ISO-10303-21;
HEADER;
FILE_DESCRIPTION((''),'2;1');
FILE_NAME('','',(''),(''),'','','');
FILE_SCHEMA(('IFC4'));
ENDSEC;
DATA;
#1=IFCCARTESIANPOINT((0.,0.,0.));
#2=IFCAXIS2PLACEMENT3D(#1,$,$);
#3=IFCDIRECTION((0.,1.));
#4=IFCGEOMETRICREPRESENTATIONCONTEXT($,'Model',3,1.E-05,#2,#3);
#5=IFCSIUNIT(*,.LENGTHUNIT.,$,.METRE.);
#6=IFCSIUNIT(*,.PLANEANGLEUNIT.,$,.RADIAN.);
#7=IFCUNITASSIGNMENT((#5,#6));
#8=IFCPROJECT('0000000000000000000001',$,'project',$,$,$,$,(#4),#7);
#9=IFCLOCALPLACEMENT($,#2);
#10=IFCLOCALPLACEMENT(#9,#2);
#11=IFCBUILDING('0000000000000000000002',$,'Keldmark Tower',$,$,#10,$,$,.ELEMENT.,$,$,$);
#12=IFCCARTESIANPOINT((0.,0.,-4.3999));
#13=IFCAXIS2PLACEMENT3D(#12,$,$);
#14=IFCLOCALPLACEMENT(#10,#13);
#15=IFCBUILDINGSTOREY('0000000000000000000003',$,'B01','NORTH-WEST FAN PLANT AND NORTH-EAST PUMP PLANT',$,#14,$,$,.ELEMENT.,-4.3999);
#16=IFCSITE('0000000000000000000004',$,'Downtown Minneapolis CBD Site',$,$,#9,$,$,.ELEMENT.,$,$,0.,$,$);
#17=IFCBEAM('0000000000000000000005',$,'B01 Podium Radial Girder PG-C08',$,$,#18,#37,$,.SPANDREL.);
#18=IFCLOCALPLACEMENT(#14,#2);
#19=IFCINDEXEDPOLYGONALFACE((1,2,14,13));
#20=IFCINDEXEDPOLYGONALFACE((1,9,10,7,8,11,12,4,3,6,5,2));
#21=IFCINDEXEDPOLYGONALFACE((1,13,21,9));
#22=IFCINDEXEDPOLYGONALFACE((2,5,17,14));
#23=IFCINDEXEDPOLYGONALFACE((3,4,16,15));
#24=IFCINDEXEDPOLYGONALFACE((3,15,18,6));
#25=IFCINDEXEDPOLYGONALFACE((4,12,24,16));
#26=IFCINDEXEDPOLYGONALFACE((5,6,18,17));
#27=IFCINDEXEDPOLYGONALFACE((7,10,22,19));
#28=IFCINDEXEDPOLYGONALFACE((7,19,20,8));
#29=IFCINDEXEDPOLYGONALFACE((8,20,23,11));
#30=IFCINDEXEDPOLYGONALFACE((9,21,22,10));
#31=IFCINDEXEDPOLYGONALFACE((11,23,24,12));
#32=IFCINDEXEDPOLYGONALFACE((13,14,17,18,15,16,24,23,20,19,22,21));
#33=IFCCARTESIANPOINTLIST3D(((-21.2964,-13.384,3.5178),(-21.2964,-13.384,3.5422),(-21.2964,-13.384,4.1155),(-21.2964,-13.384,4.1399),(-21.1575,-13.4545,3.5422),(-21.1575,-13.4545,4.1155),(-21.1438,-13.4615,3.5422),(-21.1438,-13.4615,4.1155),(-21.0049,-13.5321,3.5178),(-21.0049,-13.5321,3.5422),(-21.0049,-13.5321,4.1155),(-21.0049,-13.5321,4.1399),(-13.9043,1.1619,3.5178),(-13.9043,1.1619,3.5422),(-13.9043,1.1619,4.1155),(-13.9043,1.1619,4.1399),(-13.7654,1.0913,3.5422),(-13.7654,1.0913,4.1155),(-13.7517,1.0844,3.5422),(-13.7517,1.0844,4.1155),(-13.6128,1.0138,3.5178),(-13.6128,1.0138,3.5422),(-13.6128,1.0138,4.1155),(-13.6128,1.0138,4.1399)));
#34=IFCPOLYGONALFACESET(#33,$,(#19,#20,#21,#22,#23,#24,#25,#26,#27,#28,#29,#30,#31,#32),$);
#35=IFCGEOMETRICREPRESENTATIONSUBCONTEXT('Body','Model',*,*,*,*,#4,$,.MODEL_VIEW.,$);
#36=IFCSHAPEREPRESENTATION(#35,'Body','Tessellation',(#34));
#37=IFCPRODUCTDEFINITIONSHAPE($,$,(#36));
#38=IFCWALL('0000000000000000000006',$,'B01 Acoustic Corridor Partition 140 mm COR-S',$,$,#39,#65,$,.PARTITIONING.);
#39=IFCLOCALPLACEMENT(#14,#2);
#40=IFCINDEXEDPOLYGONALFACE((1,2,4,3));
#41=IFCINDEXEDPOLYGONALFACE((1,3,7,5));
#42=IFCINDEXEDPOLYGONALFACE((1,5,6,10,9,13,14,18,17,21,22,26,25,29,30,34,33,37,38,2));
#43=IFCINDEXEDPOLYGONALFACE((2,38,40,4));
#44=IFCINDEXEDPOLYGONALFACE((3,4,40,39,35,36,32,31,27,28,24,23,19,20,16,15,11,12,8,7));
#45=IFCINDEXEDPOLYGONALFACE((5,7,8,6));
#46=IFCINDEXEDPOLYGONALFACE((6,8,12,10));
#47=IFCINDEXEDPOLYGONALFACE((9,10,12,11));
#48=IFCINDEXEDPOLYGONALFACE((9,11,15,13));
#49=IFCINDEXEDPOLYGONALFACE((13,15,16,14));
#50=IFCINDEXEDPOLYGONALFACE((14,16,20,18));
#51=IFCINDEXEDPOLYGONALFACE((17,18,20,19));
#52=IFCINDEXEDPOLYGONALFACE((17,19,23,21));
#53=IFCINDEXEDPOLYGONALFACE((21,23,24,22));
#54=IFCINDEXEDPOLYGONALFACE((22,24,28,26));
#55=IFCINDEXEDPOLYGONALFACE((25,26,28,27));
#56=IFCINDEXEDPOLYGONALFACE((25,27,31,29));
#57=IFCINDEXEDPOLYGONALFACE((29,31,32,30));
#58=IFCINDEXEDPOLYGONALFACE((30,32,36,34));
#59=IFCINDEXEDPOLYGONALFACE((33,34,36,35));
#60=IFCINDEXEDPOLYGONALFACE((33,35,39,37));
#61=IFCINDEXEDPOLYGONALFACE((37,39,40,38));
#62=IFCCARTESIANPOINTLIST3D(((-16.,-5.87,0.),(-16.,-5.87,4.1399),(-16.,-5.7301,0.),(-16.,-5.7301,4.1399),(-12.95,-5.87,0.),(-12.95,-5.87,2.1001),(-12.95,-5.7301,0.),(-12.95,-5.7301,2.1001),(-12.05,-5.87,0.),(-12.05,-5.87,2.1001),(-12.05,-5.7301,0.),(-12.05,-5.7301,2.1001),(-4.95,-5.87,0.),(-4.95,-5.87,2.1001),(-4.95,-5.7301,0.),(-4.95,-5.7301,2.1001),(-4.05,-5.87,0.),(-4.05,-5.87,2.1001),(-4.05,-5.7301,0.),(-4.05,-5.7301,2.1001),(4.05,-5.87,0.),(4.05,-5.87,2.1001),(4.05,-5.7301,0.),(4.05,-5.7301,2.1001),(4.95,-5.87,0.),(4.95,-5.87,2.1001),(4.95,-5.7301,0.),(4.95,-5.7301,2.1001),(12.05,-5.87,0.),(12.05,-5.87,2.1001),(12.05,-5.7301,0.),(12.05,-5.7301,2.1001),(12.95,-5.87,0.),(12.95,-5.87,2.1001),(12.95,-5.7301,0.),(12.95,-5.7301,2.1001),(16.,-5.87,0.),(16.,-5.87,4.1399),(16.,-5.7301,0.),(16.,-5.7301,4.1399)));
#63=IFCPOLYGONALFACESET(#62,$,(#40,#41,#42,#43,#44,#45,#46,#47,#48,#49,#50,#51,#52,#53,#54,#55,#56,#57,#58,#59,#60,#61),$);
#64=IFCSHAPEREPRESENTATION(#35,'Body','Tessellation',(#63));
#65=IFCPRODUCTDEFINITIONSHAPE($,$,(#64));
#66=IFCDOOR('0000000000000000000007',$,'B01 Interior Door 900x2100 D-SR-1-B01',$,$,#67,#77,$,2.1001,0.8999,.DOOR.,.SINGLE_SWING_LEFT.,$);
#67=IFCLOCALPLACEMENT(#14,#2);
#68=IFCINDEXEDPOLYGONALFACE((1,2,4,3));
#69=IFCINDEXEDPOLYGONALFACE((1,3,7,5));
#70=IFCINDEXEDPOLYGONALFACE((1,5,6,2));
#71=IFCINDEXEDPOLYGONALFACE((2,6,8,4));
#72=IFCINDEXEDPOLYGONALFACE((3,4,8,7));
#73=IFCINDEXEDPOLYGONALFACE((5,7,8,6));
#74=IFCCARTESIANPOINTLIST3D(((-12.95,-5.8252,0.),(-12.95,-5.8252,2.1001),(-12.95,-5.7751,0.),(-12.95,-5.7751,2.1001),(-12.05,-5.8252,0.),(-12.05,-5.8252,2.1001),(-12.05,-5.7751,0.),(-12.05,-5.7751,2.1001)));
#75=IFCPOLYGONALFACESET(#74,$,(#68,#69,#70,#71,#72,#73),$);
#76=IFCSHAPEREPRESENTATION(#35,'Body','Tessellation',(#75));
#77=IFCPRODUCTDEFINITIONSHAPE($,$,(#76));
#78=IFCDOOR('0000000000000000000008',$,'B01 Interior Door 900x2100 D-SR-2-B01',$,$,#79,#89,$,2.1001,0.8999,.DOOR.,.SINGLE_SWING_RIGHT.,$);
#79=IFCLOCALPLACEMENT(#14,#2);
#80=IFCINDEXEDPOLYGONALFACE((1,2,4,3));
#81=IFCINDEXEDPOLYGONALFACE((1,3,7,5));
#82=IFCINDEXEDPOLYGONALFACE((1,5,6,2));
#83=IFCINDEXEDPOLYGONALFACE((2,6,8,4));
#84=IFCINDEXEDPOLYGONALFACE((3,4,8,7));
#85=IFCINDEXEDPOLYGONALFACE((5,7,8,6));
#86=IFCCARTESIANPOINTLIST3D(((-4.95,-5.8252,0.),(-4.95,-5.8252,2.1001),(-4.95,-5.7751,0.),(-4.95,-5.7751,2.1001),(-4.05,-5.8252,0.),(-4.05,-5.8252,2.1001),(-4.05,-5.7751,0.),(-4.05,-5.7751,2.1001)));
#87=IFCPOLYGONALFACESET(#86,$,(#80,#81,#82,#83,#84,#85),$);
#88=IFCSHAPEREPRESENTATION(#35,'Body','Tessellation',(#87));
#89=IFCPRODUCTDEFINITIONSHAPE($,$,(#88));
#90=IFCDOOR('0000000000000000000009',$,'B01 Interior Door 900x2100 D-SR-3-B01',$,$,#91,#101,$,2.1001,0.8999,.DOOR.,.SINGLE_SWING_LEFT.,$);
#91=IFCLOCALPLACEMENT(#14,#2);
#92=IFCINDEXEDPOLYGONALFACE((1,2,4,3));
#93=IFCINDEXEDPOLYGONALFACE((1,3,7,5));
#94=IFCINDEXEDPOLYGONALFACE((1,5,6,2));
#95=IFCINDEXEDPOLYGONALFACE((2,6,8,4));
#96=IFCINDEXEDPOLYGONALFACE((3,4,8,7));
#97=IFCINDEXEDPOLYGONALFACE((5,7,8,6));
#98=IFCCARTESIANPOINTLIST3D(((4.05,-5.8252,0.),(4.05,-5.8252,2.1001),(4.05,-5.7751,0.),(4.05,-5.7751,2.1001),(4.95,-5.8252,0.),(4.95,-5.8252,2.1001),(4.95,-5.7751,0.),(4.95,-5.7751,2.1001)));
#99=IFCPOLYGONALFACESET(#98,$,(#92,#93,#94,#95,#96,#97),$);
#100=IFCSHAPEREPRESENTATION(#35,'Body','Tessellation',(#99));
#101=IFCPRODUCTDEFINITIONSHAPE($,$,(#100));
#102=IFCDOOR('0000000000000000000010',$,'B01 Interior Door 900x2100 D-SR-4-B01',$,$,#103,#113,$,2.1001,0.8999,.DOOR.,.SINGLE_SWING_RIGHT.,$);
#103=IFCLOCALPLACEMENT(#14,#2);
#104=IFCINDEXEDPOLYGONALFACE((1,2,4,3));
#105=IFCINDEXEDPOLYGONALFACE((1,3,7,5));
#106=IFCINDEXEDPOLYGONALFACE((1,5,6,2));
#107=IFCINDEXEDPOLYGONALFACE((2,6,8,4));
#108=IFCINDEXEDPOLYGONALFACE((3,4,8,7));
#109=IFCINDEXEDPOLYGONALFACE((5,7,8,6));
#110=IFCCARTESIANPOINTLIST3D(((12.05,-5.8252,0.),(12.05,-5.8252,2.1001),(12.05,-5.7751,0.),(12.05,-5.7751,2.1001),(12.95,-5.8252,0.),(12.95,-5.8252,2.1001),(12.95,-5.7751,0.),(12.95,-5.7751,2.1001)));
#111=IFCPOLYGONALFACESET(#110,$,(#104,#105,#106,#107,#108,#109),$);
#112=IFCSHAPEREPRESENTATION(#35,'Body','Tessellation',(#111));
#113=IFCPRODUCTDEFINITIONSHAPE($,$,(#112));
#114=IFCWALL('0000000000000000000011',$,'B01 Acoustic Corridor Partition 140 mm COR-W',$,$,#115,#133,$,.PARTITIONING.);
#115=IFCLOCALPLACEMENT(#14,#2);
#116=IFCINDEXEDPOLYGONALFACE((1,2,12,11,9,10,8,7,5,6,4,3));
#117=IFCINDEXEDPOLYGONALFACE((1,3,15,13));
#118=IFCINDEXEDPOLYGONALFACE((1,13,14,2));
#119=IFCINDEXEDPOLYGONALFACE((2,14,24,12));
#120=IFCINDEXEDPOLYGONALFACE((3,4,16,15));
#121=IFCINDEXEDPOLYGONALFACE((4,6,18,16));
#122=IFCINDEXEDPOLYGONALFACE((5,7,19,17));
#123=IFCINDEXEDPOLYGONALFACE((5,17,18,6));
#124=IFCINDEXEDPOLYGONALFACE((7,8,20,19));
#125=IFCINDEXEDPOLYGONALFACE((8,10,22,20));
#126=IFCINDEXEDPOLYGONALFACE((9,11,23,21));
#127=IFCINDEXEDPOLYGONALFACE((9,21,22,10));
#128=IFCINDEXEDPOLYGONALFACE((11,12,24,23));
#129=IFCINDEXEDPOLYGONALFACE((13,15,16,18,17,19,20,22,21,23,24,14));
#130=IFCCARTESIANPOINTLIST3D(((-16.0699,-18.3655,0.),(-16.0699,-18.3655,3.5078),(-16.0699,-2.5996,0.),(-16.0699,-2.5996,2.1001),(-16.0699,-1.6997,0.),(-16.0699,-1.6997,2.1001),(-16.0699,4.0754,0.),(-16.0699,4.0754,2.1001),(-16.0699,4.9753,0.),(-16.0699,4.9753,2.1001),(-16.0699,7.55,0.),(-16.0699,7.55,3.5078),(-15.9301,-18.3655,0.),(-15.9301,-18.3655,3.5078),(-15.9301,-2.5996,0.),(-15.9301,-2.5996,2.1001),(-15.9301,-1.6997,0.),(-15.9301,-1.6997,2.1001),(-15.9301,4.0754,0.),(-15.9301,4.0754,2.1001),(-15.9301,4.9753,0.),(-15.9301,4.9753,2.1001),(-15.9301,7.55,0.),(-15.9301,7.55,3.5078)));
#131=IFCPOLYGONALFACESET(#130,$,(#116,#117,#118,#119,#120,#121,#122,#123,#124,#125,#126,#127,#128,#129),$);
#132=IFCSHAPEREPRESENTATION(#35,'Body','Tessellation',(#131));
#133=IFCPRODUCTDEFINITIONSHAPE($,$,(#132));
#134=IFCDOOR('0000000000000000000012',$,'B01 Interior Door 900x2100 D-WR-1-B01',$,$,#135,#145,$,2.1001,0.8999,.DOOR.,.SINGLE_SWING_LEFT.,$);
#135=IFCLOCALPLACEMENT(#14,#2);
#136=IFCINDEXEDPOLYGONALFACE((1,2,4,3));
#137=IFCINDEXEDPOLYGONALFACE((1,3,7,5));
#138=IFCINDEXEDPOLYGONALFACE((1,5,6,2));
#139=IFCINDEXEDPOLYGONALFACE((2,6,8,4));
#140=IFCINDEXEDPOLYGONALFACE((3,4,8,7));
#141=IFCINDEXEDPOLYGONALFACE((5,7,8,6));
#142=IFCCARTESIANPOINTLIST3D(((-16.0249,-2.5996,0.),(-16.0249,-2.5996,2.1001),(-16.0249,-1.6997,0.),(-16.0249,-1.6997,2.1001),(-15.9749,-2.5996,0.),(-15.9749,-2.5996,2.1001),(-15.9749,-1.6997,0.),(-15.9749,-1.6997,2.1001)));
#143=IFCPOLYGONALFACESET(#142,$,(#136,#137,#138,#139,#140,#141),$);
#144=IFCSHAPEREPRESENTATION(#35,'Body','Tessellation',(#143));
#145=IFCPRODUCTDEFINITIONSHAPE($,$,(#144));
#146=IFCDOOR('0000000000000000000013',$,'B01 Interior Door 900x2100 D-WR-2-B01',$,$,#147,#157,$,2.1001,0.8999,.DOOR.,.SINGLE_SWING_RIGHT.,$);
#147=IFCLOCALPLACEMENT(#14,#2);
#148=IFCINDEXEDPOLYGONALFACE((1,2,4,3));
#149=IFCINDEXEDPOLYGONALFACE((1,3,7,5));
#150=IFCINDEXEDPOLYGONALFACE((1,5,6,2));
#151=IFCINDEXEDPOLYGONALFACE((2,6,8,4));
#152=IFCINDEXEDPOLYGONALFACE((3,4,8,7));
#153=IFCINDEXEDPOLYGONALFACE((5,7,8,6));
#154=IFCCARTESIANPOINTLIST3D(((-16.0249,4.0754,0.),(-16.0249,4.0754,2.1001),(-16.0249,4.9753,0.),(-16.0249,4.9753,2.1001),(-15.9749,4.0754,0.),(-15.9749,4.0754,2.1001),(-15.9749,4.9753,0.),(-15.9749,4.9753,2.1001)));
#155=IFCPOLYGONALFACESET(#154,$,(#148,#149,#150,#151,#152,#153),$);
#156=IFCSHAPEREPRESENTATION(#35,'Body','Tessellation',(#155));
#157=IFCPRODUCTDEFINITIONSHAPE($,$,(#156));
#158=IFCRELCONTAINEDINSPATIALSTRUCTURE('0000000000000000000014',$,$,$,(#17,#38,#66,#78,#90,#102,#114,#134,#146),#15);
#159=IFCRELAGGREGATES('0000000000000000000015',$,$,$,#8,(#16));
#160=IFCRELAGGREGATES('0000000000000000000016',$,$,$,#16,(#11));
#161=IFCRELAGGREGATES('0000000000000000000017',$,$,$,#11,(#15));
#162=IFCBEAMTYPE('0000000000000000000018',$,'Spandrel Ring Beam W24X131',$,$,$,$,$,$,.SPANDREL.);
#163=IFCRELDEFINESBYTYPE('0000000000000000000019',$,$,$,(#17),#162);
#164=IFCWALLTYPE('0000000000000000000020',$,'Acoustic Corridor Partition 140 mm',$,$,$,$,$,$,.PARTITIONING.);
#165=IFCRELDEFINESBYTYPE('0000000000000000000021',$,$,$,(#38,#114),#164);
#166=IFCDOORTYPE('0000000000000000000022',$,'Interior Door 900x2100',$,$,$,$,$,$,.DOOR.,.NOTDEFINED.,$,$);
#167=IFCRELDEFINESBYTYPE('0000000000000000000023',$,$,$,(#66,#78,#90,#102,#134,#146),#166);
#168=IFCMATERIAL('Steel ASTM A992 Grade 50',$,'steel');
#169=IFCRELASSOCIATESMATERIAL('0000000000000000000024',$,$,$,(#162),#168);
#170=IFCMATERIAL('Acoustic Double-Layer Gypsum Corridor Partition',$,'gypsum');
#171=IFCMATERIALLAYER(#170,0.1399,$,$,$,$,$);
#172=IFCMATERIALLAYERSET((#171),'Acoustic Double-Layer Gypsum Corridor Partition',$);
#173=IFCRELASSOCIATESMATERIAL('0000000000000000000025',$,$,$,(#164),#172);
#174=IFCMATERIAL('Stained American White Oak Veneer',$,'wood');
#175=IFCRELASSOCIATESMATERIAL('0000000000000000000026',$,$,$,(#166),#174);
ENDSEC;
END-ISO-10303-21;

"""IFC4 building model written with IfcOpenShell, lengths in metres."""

from ifc_helpers import new_model, si_unit, direction, frame, frame_2d, origin, origin_2d, place, context, subcontext, project, spatial, rectangle, i_section, extrude, material, layer, layer_set, material_profile, profile_set, type_object, element, fill, save


model = new_model("IFC4")

# Units and contexts
model_context = context("Model", 3, precision=1e-05, world=origin(), true_north=direction((0.0, 1.0)))
body_context = subcontext(model_context, "Body", "Model", "MODEL_VIEW")
ifc_project = project(units=[si_unit("LENGTHUNIT", "METRE"), si_unit("PLANEANGLEUNIT", "RADIAN")], contexts=[model_context])

# Site, building, storey
site_placement = place(None, origin())
site = spatial("IfcSite", under=ifc_project, at=site_placement, Name="Downtown Minneapolis CBD Site", CompositionType="ELEMENT", RefElevation=0.0)
building_placement = place(site_placement, origin())
building = spatial("IfcBuilding", under=site, at=building_placement, Name="Keldmark Tower", CompositionType="ELEMENT")
storey_placement = place(building_placement, frame((0.0, 0.0, -4.3999)))
storey = spatial("IfcBuildingStorey", under=building, at=storey_placement, Name="B01", Description="NORTH-WEST FAN PLANT AND NORTH-EAST PUMP PLANT", CompositionType="ELEMENT", Elevation=-4.3999)

# Beam
ifc_material_1 = material(Name="Steel ASTM A992 Grade 50", Category="steel")
ifc_material_profile_1 = material_profile(ifc_material_1, i_section(OverallWidth=0.3269, OverallDepth=0.6221, WebThickness=0.0154, FlangeThickness=0.0244, at=origin_2d()), Name="W24X131")
ifc_profile_set_1 = profile_set([ifc_material_profile_1], Name="Steel ASTM A992 Grade 50")
beam_type_1 = type_object("IfcBeamType", Name="Spandrel Ring Beam W24X131", PredefinedType="SPANDREL", material=ifc_profile_set_1)
beam_1_placement = place(storey_placement, frame((-21.1506, -13.458, 3.8289), z_axis=(0.453046, 0.891487, 0.0), x_axis=(-0.891487, 0.453046, 0.0)))
element("IfcBeam", 1, at=beam_1_placement, inside=storey, type_object=beam_type_1, Name="B01 Podium Radial Girder PG-C08", PredefinedType="SPANDREL", context=body_context, shape_type="SweptSolid", body=[
    extrude(i_section(OverallWidth=0.3269, OverallDepth=0.6221, WebThickness=0.0154, FlangeThickness=0.0244, at=origin_2d()), origin(), (0.0, 0.0, 1.0), 16.3164),
])

# Walls, openings, doors
ifc_material_2 = material(Name="Acoustic Double-Layer Gypsum Corridor Partition", Category="gypsum")
ifc_layer_1 = layer(ifc_material_2, 0.1399)
ifc_layer_set_1 = layer_set([ifc_layer_1], Name="Acoustic Double-Layer Gypsum Corridor Partition")
wall_type_1 = type_object("IfcWallType", Name="Acoustic Corridor Partition 140 mm", PredefinedType="PARTITIONING", material=ifc_layer_set_1)
wall_1_placement = place(storey_placement, frame((-16.0, -5.8, 0.0), z_axis=(0.0, 0.0, 1.0), x_axis=(1.0, 0.0, 0.0)))
wall_1 = element("IfcWall", 2, at=wall_1_placement, inside=storey, type_object=wall_type_1, Name="B01 Acoustic Corridor Partition 140 mm COR-S", PredefinedType="PARTITIONING", context=body_context, shape_type="SweptSolid", body=[
    extrude(rectangle(XDim=32.0, YDim=0.1399, at=frame_2d((16.0, 0.0))), origin(), (0.0, 0.0, 1.0), 4.1399),
])
opening_1_placement = place(wall_1_placement, frame((3.05, 0.0, 0.0)))
opening_1 = element("IfcOpeningElement", 3, at=opening_1_placement, cuts=wall_1, PredefinedType="OPENING", context=body_context, shape_type="SweptSolid", body=[
    extrude(rectangle(XDim=0.8999, YDim=2.1001, at=frame_2d((0.45, 1.05))), frame((0.0, 0.0798, 0.0), z_axis=(0.0, -1.0, 0.0), x_axis=(1.0, 0.0, 0.0)), (0.0, 0.0, 1.0), 0.1599),
])
opening_2_placement = place(wall_1_placement, frame((11.05, 0.0, 0.0)))
opening_2 = element("IfcOpeningElement", 4, at=opening_2_placement, cuts=wall_1, PredefinedType="OPENING", context=body_context, shape_type="SweptSolid", body=[
    extrude(rectangle(XDim=0.8999, YDim=2.1001, at=frame_2d((0.45, 1.05))), frame((0.0, 0.0798, 0.0), z_axis=(0.0, -1.0, 0.0), x_axis=(1.0, 0.0, 0.0)), (0.0, 0.0, 1.0), 0.1599),
])
opening_3_placement = place(wall_1_placement, frame((20.05, 0.0, 0.0)))
opening_3 = element("IfcOpeningElement", 5, at=opening_3_placement, cuts=wall_1, PredefinedType="OPENING", context=body_context, shape_type="SweptSolid", body=[
    extrude(rectangle(XDim=0.8999, YDim=2.1001, at=frame_2d((0.45, 1.05))), frame((0.0, 0.0798, 0.0), z_axis=(0.0, -1.0, 0.0), x_axis=(1.0, 0.0, 0.0)), (0.0, 0.0, 1.0), 0.1599),
])
opening_4_placement = place(wall_1_placement, frame((28.05, 0.0, 0.0)))
opening_4 = element("IfcOpeningElement", 6, at=opening_4_placement, cuts=wall_1, PredefinedType="OPENING", context=body_context, shape_type="SweptSolid", body=[
    extrude(rectangle(XDim=0.8999, YDim=2.1001, at=frame_2d((0.45, 1.05))), frame((0.0, 0.0798, 0.0), z_axis=(0.0, -1.0, 0.0), x_axis=(1.0, 0.0, 0.0)), (0.0, 0.0, 1.0), 0.1599),
])
ifc_material_3 = material(Name="Stained American White Oak Veneer", Category="wood")
door_type = type_object("IfcDoorType", Name="Interior Door 900x2100", OperationType="NOTDEFINED", PredefinedType="DOOR", material=ifc_material_3)
door_1_placement = place(opening_1_placement, origin())
door_1 = element("IfcDoor", 7, at=door_1_placement, inside=storey, type_object=door_type, Name="B01 Interior Door 900x2100 D-SR-1-B01", OperationType="SINGLE_SWING_LEFT", OverallHeight=2.1001, OverallWidth=0.8999, PredefinedType="DOOR", context=body_context, shape_type="SweptSolid", body=[
    extrude(rectangle(XDim=0.8999, YDim=2.1001, at=frame_2d((0.45, 1.05))), frame((0.0, 0.0249, 0.0), z_axis=(0.0, -1.0, 0.0), x_axis=(1.0, 0.0, 0.0)), (0.0, 0.0, 1.0), 0.05),
])
fill(opening_1, door_1)
door_2_placement = place(opening_2_placement, origin())
door_2 = element("IfcDoor", 8, at=door_2_placement, inside=storey, type_object=door_type, Name="B01 Interior Door 900x2100 D-SR-2-B01", OperationType="SINGLE_SWING_RIGHT", OverallHeight=2.1001, OverallWidth=0.8999, PredefinedType="DOOR", context=body_context, shape_type="SweptSolid", body=[
    extrude(rectangle(XDim=0.8999, YDim=2.1001, at=frame_2d((0.45, 1.05))), frame((0.0, 0.0249, 0.0), z_axis=(0.0, -1.0, 0.0), x_axis=(1.0, 0.0, 0.0)), (0.0, 0.0, 1.0), 0.05),
])
fill(opening_2, door_2)
door_3_placement = place(opening_3_placement, origin())
door_3 = element("IfcDoor", 9, at=door_3_placement, inside=storey, type_object=door_type, Name="B01 Interior Door 900x2100 D-SR-3-B01", OperationType="SINGLE_SWING_LEFT", OverallHeight=2.1001, OverallWidth=0.8999, PredefinedType="DOOR", context=body_context, shape_type="SweptSolid", body=[
    extrude(rectangle(XDim=0.8999, YDim=2.1001, at=frame_2d((0.45, 1.05))), frame((0.0, 0.0249, 0.0), z_axis=(0.0, -1.0, 0.0), x_axis=(1.0, 0.0, 0.0)), (0.0, 0.0, 1.0), 0.05),
])
fill(opening_3, door_3)
door_4_placement = place(opening_4_placement, origin())
door_4 = element("IfcDoor", 10, at=door_4_placement, inside=storey, type_object=door_type, Name="B01 Interior Door 900x2100 D-SR-4-B01", OperationType="SINGLE_SWING_RIGHT", OverallHeight=2.1001, OverallWidth=0.8999, PredefinedType="DOOR", context=body_context, shape_type="SweptSolid", body=[
    extrude(rectangle(XDim=0.8999, YDim=2.1001, at=frame_2d((0.45, 1.05))), frame((0.0, 0.0249, 0.0), z_axis=(0.0, -1.0, 0.0), x_axis=(1.0, 0.0, 0.0)), (0.0, 0.0, 1.0), 0.05),
])
fill(opening_4, door_4)
wall_2_placement = place(storey_placement, frame((-16.0, -18.3655, 0.0), z_axis=(0.0, 0.0, 1.0), x_axis=(0.0, 1.0, 0.0)))
wall_2 = element("IfcWall", 11, at=wall_2_placement, inside=storey, type_object=wall_type_1, Name="B01 Acoustic Corridor Partition 140 mm COR-W", PredefinedType="PARTITIONING", context=body_context, shape_type="SweptSolid", body=[
    extrude(rectangle(XDim=25.9155, YDim=0.1399, at=frame_2d((12.9578, 0.0))), origin(), (0.0, 0.0, 1.0), 3.5078),
])
opening_5_placement = place(wall_2_placement, frame((15.7659, 0.0, 0.0)))
opening_5 = element("IfcOpeningElement", 12, at=opening_5_placement, cuts=wall_2, PredefinedType="OPENING", context=body_context, shape_type="SweptSolid", body=[
    extrude(rectangle(XDim=0.8999, YDim=2.1001, at=frame_2d((0.45, 1.05))), frame((0.0, 0.0798, 0.0), z_axis=(0.0, -1.0, 0.0), x_axis=(1.0, 0.0, 0.0)), (0.0, 0.0, 1.0), 0.1599),
])
opening_6_placement = place(wall_2_placement, frame((22.4409, 0.0, 0.0)))
opening_6 = element("IfcOpeningElement", 13, at=opening_6_placement, cuts=wall_2, PredefinedType="OPENING", context=body_context, shape_type="SweptSolid", body=[
    extrude(rectangle(XDim=0.8999, YDim=2.1001, at=frame_2d((0.45, 1.05))), frame((0.0, 0.0798, 0.0), z_axis=(0.0, -1.0, 0.0), x_axis=(1.0, 0.0, 0.0)), (0.0, 0.0, 1.0), 0.1599),
])
door_5_placement = place(opening_5_placement, origin())
door_5 = element("IfcDoor", 14, at=door_5_placement, inside=storey, type_object=door_type, Name="B01 Interior Door 900x2100 D-WR-1-B01", OperationType="SINGLE_SWING_LEFT", OverallHeight=2.1001, OverallWidth=0.8999, PredefinedType="DOOR", context=body_context, shape_type="SweptSolid", body=[
    extrude(rectangle(XDim=0.8999, YDim=2.1001, at=frame_2d((0.45, 1.05))), frame((0.0, 0.0249, 0.0), z_axis=(0.0, -1.0, 0.0), x_axis=(1.0, 0.0, 0.0)), (0.0, 0.0, 1.0), 0.05),
])
fill(opening_5, door_5)
door_6_placement = place(opening_6_placement, origin())
door_6 = element("IfcDoor", 15, at=door_6_placement, inside=storey, type_object=door_type, Name="B01 Interior Door 900x2100 D-WR-2-B01", OperationType="SINGLE_SWING_RIGHT", OverallHeight=2.1001, OverallWidth=0.8999, PredefinedType="DOOR", context=body_context, shape_type="SweptSolid", body=[
    extrude(rectangle(XDim=0.8999, YDim=2.1001, at=frame_2d((0.45, 1.05))), frame((0.0, 0.0249, 0.0), z_axis=(0.0, -1.0, 0.0), x_axis=(1.0, 0.0, 0.0)), (0.0, 0.0, 1.0), 0.05),
])
fill(opening_6, door_6)

save(model, "model.ifc")
